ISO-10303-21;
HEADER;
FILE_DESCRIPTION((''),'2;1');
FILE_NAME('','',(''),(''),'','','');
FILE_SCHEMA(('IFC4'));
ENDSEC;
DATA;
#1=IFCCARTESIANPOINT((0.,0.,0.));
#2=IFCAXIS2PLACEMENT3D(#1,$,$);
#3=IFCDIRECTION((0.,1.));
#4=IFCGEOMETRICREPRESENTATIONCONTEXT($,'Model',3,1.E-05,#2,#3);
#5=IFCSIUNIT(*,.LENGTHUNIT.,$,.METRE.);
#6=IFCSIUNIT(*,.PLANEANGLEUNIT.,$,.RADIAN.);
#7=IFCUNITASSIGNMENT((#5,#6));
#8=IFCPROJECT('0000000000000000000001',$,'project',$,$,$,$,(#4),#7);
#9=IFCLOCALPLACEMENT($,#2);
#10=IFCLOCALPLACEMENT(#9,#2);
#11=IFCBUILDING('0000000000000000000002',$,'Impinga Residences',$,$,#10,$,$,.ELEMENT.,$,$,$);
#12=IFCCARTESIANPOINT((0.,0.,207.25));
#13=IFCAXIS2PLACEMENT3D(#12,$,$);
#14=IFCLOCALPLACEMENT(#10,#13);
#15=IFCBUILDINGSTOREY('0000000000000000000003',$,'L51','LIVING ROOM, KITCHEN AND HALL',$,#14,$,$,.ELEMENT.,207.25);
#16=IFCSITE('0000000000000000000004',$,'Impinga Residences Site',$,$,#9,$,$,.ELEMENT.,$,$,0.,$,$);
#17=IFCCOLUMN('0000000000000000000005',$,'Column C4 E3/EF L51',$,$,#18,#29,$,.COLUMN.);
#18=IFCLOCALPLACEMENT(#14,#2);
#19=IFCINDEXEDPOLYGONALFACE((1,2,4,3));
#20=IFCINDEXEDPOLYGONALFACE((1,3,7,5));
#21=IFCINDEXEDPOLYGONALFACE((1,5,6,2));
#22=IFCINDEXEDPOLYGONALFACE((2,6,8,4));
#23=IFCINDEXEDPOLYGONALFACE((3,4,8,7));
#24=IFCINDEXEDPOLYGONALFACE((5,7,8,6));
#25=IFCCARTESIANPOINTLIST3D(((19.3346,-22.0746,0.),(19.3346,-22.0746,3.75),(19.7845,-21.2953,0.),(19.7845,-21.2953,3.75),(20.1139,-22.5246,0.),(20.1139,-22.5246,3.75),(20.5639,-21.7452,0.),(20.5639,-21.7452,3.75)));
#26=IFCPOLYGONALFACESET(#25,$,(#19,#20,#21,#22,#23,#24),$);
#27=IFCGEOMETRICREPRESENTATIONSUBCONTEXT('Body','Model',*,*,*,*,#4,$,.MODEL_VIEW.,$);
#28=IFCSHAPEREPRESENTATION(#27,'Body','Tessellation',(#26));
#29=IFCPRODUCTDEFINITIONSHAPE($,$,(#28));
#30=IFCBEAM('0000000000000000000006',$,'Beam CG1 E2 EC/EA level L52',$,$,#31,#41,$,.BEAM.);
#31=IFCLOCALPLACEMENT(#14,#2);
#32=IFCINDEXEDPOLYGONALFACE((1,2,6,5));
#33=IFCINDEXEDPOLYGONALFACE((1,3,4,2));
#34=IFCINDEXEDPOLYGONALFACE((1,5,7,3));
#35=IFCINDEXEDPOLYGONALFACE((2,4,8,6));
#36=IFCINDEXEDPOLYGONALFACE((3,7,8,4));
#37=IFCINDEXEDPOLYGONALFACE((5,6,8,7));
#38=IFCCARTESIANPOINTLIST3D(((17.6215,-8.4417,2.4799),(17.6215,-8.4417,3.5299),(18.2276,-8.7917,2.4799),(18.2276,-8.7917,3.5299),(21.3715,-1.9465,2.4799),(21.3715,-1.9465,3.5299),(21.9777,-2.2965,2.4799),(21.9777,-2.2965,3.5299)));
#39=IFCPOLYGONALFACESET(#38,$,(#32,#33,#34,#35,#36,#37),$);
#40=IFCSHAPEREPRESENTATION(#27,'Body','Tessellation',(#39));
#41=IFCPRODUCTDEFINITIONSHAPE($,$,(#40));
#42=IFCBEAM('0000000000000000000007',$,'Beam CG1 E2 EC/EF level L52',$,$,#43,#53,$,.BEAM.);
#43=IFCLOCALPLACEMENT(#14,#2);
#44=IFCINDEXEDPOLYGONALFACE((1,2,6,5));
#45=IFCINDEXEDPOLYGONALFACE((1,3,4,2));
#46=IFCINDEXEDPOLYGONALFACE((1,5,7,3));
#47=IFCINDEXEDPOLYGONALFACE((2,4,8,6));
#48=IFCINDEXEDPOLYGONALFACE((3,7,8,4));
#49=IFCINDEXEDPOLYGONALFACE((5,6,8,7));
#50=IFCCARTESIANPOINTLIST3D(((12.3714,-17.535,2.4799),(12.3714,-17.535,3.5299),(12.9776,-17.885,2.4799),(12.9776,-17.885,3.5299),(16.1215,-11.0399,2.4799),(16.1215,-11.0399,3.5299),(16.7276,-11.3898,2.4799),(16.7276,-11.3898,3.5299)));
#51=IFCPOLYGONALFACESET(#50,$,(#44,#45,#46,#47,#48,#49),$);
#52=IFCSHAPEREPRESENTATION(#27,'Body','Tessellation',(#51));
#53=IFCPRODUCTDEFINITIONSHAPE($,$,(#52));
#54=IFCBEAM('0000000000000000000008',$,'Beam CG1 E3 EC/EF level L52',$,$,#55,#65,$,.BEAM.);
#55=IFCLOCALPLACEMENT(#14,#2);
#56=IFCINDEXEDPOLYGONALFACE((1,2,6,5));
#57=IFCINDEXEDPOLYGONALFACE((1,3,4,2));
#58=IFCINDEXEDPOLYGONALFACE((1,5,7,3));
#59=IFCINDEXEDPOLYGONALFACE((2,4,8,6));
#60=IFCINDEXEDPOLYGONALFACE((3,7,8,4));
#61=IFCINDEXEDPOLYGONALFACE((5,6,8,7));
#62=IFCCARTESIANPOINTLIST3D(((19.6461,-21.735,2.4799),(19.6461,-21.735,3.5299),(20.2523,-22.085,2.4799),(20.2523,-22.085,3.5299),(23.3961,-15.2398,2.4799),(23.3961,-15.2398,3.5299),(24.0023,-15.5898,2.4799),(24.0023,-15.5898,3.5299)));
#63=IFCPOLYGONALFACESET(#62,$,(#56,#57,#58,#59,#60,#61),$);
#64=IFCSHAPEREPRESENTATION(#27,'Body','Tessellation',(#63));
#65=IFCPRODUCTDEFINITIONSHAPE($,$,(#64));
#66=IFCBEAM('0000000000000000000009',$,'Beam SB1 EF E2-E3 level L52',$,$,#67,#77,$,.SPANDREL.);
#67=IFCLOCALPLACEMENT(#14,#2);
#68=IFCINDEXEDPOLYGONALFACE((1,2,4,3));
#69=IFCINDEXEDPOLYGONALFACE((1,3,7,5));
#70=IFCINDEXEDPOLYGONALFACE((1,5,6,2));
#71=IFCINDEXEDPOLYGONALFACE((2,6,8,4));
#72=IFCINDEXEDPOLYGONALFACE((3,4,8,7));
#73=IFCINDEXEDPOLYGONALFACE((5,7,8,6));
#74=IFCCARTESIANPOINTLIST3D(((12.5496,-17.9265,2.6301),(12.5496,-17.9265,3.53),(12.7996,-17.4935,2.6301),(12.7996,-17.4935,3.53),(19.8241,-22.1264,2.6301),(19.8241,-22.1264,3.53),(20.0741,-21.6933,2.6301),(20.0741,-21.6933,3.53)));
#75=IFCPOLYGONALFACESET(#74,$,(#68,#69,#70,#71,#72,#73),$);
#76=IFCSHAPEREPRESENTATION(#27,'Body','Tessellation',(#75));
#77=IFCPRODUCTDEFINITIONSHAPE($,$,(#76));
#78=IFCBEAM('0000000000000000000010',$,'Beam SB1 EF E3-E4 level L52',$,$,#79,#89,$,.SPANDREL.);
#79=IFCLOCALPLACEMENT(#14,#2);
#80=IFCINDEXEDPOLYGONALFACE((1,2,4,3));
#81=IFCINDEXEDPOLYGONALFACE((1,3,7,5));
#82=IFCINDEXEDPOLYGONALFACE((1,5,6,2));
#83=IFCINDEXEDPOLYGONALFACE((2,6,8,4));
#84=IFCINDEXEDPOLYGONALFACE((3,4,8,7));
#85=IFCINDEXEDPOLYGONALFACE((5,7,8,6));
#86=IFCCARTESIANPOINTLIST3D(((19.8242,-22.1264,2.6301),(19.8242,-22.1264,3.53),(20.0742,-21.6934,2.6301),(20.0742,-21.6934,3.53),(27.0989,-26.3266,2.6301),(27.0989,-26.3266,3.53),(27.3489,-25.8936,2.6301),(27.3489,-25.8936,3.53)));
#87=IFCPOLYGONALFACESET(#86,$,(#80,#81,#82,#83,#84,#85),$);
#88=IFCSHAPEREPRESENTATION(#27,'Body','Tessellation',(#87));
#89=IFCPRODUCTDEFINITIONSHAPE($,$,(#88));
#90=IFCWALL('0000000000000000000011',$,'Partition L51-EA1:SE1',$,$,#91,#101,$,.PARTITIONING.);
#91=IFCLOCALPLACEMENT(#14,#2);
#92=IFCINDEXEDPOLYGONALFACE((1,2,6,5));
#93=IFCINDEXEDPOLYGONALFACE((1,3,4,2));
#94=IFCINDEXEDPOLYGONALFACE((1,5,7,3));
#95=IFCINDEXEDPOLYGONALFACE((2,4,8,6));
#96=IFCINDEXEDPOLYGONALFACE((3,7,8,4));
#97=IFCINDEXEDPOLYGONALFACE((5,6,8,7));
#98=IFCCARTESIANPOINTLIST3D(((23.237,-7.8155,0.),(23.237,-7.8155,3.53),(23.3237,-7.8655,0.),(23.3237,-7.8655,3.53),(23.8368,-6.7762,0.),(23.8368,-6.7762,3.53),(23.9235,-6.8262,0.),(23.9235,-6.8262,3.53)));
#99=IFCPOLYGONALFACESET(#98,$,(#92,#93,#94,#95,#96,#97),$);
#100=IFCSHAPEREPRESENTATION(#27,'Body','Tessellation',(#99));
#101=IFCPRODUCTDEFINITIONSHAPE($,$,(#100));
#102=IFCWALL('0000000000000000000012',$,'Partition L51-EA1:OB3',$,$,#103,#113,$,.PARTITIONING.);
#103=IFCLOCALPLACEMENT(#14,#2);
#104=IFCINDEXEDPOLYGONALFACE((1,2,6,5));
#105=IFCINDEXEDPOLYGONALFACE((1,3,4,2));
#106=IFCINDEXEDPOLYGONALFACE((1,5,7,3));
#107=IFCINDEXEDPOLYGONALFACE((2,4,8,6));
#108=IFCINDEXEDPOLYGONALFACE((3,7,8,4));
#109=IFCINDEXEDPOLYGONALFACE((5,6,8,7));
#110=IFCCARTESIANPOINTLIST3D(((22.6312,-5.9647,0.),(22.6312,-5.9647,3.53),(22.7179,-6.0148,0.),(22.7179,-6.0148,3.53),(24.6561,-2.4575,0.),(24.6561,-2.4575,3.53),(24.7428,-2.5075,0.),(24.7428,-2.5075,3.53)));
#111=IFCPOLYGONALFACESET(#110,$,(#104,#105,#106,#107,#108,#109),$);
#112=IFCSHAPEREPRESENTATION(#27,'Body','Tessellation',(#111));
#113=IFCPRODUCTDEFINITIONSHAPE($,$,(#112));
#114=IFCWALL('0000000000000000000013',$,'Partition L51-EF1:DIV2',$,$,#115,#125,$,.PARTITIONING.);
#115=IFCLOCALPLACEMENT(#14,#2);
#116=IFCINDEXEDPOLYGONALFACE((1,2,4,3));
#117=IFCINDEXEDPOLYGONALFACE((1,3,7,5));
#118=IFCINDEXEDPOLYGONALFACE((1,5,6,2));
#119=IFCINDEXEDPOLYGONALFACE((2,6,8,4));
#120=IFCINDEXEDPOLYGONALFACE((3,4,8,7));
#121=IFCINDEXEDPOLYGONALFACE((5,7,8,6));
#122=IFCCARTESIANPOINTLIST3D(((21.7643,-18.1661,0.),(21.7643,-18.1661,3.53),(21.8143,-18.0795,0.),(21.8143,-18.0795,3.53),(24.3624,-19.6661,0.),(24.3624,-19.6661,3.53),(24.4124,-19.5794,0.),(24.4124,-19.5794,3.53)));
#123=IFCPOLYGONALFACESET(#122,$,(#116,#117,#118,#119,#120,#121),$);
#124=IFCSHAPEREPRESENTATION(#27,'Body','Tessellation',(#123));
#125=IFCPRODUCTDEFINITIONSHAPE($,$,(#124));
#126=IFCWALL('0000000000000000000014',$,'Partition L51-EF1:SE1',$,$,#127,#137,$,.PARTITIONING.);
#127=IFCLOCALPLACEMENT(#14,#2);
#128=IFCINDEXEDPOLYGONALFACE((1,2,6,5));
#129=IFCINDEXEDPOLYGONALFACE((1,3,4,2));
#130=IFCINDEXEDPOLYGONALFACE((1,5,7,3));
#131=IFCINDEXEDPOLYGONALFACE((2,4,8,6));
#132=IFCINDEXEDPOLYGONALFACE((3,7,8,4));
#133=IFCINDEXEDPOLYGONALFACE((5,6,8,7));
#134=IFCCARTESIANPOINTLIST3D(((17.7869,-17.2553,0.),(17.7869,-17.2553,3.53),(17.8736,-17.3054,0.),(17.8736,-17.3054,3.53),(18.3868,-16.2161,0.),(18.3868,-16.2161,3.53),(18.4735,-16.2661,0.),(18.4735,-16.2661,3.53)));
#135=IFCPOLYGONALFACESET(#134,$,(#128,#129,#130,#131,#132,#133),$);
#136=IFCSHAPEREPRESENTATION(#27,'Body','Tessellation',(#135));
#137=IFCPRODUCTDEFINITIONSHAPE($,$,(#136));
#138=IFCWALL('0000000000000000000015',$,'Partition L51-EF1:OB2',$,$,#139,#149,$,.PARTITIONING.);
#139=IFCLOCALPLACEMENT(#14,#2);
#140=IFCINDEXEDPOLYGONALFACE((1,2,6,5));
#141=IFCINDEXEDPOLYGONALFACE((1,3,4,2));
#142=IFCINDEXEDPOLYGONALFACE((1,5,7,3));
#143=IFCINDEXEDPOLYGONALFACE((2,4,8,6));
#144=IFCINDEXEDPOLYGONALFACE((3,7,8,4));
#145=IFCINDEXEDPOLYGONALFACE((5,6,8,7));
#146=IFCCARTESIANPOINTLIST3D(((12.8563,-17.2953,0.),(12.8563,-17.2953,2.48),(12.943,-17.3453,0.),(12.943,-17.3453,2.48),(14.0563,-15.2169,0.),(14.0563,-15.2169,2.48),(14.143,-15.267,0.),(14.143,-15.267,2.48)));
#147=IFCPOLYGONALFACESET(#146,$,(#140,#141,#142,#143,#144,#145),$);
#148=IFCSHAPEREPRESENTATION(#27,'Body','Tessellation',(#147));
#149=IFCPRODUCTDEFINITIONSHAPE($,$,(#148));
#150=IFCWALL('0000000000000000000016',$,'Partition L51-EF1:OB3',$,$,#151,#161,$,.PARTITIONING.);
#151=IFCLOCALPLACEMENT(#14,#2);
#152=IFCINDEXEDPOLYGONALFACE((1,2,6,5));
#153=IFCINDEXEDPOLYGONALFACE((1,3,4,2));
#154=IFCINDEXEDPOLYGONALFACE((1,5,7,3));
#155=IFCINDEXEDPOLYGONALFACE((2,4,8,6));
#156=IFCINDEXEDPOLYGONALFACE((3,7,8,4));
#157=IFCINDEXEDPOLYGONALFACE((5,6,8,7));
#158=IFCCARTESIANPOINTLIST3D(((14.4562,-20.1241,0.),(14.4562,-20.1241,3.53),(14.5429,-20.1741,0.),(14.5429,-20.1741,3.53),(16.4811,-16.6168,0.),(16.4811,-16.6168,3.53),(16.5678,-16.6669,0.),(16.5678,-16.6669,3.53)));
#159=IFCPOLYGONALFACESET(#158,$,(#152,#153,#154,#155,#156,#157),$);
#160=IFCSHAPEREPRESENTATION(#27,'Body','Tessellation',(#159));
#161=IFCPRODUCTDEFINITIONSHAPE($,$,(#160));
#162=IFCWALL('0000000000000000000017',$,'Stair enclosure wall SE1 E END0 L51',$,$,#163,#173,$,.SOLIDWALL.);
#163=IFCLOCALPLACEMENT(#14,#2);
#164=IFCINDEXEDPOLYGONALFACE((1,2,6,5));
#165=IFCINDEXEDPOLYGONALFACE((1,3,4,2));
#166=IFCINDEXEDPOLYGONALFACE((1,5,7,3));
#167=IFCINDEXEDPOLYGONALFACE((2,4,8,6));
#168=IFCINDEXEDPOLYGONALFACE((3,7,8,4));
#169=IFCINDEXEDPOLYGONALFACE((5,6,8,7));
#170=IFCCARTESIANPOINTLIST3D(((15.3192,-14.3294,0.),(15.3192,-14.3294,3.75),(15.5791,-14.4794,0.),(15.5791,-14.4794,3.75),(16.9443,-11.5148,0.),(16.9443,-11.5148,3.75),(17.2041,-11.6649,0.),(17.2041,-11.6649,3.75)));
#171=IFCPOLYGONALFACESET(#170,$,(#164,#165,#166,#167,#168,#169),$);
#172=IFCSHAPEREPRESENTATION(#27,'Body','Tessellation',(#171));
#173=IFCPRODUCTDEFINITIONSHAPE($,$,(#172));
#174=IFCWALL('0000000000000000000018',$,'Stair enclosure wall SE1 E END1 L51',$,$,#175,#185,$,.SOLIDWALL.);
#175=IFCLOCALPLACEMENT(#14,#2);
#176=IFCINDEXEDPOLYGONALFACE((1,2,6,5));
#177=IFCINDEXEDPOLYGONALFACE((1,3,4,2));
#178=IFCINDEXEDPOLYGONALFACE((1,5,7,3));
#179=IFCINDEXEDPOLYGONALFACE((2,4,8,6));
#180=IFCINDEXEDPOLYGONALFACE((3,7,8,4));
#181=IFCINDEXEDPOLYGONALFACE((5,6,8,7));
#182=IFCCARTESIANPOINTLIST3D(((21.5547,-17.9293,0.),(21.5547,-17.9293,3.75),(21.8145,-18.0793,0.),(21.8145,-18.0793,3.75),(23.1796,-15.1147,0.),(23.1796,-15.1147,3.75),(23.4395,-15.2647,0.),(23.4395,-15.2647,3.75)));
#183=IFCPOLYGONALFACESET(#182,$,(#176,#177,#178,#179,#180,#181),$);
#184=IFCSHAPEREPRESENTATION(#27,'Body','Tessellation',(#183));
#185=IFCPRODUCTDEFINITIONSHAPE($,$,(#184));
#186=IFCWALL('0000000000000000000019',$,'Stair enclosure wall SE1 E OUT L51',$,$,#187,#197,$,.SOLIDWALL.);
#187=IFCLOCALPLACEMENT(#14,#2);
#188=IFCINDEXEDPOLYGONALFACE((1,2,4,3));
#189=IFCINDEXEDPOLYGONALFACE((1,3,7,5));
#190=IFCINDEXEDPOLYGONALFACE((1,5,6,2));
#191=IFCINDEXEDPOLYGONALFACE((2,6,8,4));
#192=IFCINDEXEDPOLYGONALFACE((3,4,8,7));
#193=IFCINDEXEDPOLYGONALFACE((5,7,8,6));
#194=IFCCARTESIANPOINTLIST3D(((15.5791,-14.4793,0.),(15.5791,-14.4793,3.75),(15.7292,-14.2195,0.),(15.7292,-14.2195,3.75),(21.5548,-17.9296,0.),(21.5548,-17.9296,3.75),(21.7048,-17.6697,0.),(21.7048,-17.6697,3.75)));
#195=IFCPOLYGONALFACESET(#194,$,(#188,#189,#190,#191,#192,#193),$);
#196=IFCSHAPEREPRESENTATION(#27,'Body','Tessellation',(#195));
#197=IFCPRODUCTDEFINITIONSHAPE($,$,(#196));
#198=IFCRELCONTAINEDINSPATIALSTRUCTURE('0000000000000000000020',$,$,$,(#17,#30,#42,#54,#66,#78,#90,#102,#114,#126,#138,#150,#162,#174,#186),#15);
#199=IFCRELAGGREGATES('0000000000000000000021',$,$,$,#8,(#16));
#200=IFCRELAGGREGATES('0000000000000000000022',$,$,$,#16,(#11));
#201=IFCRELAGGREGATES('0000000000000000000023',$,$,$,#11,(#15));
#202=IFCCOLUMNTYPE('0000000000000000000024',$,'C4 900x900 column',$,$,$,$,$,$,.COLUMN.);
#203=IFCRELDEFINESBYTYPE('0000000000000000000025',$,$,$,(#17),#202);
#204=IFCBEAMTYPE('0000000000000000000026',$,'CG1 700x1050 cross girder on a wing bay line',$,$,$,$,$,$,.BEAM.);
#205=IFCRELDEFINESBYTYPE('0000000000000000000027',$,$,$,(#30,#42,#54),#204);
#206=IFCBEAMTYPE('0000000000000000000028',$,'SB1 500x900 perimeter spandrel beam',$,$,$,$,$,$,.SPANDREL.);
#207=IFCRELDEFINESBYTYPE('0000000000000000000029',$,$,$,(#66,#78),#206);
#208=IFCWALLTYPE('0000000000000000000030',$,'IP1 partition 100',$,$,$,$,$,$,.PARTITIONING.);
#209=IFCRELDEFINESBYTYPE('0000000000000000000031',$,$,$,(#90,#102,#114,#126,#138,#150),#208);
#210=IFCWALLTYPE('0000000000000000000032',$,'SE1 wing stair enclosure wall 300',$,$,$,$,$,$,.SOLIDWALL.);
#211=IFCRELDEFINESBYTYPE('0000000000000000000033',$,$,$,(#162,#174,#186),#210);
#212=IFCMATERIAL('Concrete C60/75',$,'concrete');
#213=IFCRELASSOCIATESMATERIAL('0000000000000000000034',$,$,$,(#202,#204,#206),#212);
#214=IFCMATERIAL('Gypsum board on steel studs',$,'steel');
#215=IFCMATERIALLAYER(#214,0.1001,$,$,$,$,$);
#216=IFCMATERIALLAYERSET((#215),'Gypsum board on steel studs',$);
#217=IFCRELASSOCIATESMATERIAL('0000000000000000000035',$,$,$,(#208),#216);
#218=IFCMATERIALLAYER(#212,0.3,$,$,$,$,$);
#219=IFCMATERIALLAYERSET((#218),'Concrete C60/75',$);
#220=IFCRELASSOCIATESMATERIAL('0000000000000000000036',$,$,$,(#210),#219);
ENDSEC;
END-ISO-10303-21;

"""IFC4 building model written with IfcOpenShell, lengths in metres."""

from ifc_helpers import new_model, si_unit, direction, frame, frame_2d, origin, origin_2d, place, context, subcontext, project, spatial, rectangle, extrude, material, layer, layer_set, material_profile, profile_set, type_object, element, save


model = new_model("IFC4")

# Units and contexts
model_context = context("Model", 3, precision=1e-05, world=origin(), true_north=direction((0.0, 1.0)))
body_context = subcontext(model_context, "Body", "Model", "MODEL_VIEW")
ifc_project = project(units=[si_unit("LENGTHUNIT", "METRE"), si_unit("PLANEANGLEUNIT", "RADIAN")], contexts=[model_context])

# Site, building, storey
site_placement = place(None, origin())
site = spatial("IfcSite", under=ifc_project, at=site_placement, Name="Impinga Residences Site", CompositionType="ELEMENT", RefElevation=0.0)
building_placement = place(site_placement, origin())
building = spatial("IfcBuilding", under=site, at=building_placement, Name="Impinga Residences", CompositionType="ELEMENT")
storey_placement = place(building_placement, frame((0.0, 0.0, 207.25)))
storey = spatial("IfcBuildingStorey", under=building, at=storey_placement, Name="L51", Description="LIVING ROOM, KITCHEN AND HALL", CompositionType="ELEMENT", Elevation=207.25)

# Column
ifc_material_1 = material(Name="Concrete C60/75", Category="concrete")
ifc_material_profile_1 = material_profile(ifc_material_1, rectangle(XDim=0.8999, YDim=0.8999, at=origin_2d()), Name="RC 900x900")
ifc_profile_set_1 = profile_set([ifc_material_profile_1], Name="Concrete C60/75")
column_type = type_object("IfcColumnType", Name="C4 900x900 column", PredefinedType="COLUMN", material=ifc_profile_set_1)
column_placement = place(storey_placement, frame((19.9492, -21.9099, 0.0), z_axis=(0.0, 0.0, 1.0), x_axis=(-0.5, -0.866025, 0.0)))
element("IfcColumn", 1, at=column_placement, inside=storey, type_object=column_type, Name="Column C4 E3/EF L51", PredefinedType="COLUMN", context=body_context, shape_type="SweptSolid", body=[
    extrude(rectangle(XDim=0.8999, YDim=0.8999, at=origin_2d()), origin(), (0.0, 0.0, 1.0), 3.75),
])

# Beams
ifc_material_profile_2 = material_profile(ifc_material_1, rectangle(XDim=0.7, YDim=1.05, at=origin_2d()), Name="RC 700x1050")
ifc_profile_set_2 = profile_set([ifc_material_profile_2], Name="Concrete C60/75")
beam_type_1 = type_object("IfcBeamType", Name="CG1 700x1050 cross girder on a wing bay line", PredefinedType="BEAM", material=ifc_profile_set_2)
for number, where, z_axis, x_axis, name in (
    (2, (17.9246, -8.6167, 3.0049), (0.500004, 0.866023, 0.0), (-0.866023, 0.500004, 0.0), "Beam CG1 E2 EC/EA level L52"),
    (3, (16.4246, -11.2148, 3.0049), (-0.500004, -0.866023, 0.0), (0.866023, -0.500004, 0.0), "Beam CG1 E2 EC/EF level L52"),
    (4, (23.6992, -15.4148, 3.0049), (-0.500004, -0.866023, 0.0), (0.866023, -0.500004, 0.0), "Beam CG1 E3 EC/EF level L52"),
):
    element("IfcBeam", number, at=place(storey_placement, frame(where, z_axis=z_axis, x_axis=x_axis)), inside=storey, type_object=beam_type_1, Name=name, PredefinedType="BEAM", context=body_context, shape_type="SweptSolid", body=[
        extrude(rectangle(XDim=0.7, YDim=1.05, at=origin_2d()), origin(), (0.0, 0.0, 1.0), 7.5),
    ])
ifc_material_profile_3 = material_profile(ifc_material_1, rectangle(XDim=0.5, YDim=0.8999, at=origin_2d()), Name="RC 500x900")
ifc_profile_set_3 = profile_set([ifc_material_profile_3], Name="Concrete C60/75")
beam_type_2 = type_object("IfcBeamType", Name="SB1 500x900 perimeter spandrel beam", PredefinedType="SPANDREL", material=ifc_profile_set_3)
beam_1_placement = place(storey_placement, frame((12.6746, -17.71, 3.0801), z_axis=(0.866029, -0.499993, 0.0), x_axis=(0.499993, 0.866029, 0.0)))
element("IfcBeam", 5, at=beam_1_placement, inside=storey, type_object=beam_type_2, Name="Beam SB1 EF E2-E3 level L52", PredefinedType="SPANDREL", context=body_context, shape_type="SweptSolid", body=[
    extrude(rectangle(XDim=0.5, YDim=0.8999, at=origin_2d()), origin(), (0.0, 0.0, 1.0), 8.3999),
])
beam_2_placement = place(storey_placement, frame((19.9492, -21.9099, 3.0801), z_axis=(0.866017, -0.500015, 0.0), x_axis=(0.500015, 0.866017, 0.0)))
element("IfcBeam", 6, at=beam_2_placement, inside=storey, type_object=beam_type_2, Name="Beam SB1 EF E3-E4 level L52", PredefinedType="SPANDREL", context=body_context, shape_type="SweptSolid", body=[
    extrude(rectangle(XDim=0.5, YDim=0.8999, at=origin_2d()), origin(), (0.0, 0.0, 1.0), 8.4001),
])

# Walls
ifc_material_2 = material(Name="Gypsum board on steel studs", Category="steel")
ifc_layer_1 = layer(ifc_material_2, 0.1001)
ifc_layer_set_1 = layer_set([ifc_layer_1], Name="Gypsum board on steel studs")
wall_type_1 = type_object("IfcWallType", Name="IP1 partition 100", PredefinedType="PARTITIONING", material=ifc_layer_set_1)
wall_1_placement = place(storey_placement, frame((23.2803, -7.8406, 0.0), z_axis=(0.0, 0.0, 1.0), x_axis=(0.499881, 0.866094, 0.0)))
element("IfcWall", 7, at=wall_1_placement, inside=storey, type_object=wall_type_1, Name="Partition L51-EA1:SE1", PredefinedType="PARTITIONING", context=body_context, shape_type="SweptSolid", body=[
    extrude(rectangle(XDim=1.2, YDim=0.1001, at=frame_2d((0.6001, 0.0))), origin(), (0.0, 0.0, 1.0), 3.53),
])
wall_2_placement = place(storey_placement, frame((22.6746, -5.9897, 0.0), z_axis=(0.0, 0.0, 1.0), x_axis=(0.49999, 0.866031, 0.0)))
element("IfcWall", 8, at=wall_2_placement, inside=storey, type_object=wall_type_1, Name="Partition L51-EA1:OB3", PredefinedType="PARTITIONING", context=body_context, shape_type="SweptSolid", body=[
    extrude(rectangle(XDim=4.0498, YDim=0.1001, at=frame_2d((2.0249, 0.0))), origin(), (0.0, 0.0, 1.0), 3.53),
])
wall_3_placement = place(storey_placement, frame((21.7893, -18.1228, 0.0), z_axis=(0.0, 0.0, 1.0), x_axis=(0.866031, -0.49999, 0.0)))
element("IfcWall", 9, at=wall_3_placement, inside=storey, type_object=wall_type_1, Name="Partition L51-EF1:DIV2", PredefinedType="PARTITIONING", context=body_context, shape_type="SweptSolid", body=[
    extrude(rectangle(XDim=3.0, YDim=0.1001, at=frame_2d((1.5, 0.0))), origin(), (0.0, 0.0, 1.0), 3.53),
])
wall_4_placement = place(storey_placement, frame((18.4302, -16.241, 0.0), z_axis=(0.0, 0.0, 1.0), x_axis=(-0.499881, -0.866094, 0.0)))
element("IfcWall", 10, at=wall_4_placement, inside=storey, type_object=wall_type_1, Name="Partition L51-EF1:SE1", PredefinedType="PARTITIONING", context=body_context, shape_type="SweptSolid", body=[
    extrude(rectangle(XDim=1.2, YDim=0.1001, at=frame_2d((0.6001, 0.0))), origin(), (0.0, 0.0, 1.0), 3.53),
])
wall_5_placement = place(storey_placement, frame((14.0996, -15.2419, 0.0), z_axis=(0.0, 0.0, 1.0), x_axis=(-0.500001, -0.866025, 0.0)))
element("IfcWall", 11, at=wall_5_placement, inside=storey, type_object=wall_type_1, Name="Partition L51-EF1:OB2", PredefinedType="PARTITIONING", context=body_context, shape_type="SweptSolid", body=[
    extrude(rectangle(XDim=2.3999, YDim=0.1001, at=frame_2d((1.2, 0.0))), origin(), (0.0, 0.0, 1.0), 2.48),
])
wall_6_placement = place(storey_placement, frame((16.5244, -16.6418, 0.0), z_axis=(0.0, 0.0, 1.0), x_axis=(-0.49999, -0.866031, 0.0)))
element("IfcWall", 12, at=wall_6_placement, inside=storey, type_object=wall_type_1, Name="Partition L51-EF1:OB3", PredefinedType="PARTITIONING", context=body_context, shape_type="SweptSolid", body=[
    extrude(rectangle(XDim=4.0498, YDim=0.1001, at=frame_2d((2.0249, 0.0))), origin(), (0.0, 0.0, 1.0), 3.53),
])
ifc_layer_2 = layer(ifc_material_1, 0.3)
ifc_layer_set_2 = layer_set([ifc_layer_2], Name="Concrete C60/75")
wall_type_2 = type_object("IfcWallType", Name="SE1 wing stair enclosure wall 300", PredefinedType="SOLIDWALL", material=ifc_layer_set_2)
for number, where, z_axis, x_axis, name in (
    (13, (17.0742, -11.5898, 0.0), (0.0, 0.0, 1.0), (-0.500017, -0.866015, 0.0), "Stair enclosure wall SE1 E END0 L51"),
    (14, (23.3096, -15.1897, 0.0), (0.0, 0.0, 1.0), (-0.499985, -0.866034, 0.0), "Stair enclosure wall SE1 E END1 L51"),
):
    element("IfcWall", number, at=place(storey_placement, frame(where, z_axis=z_axis, x_axis=x_axis)), inside=storey, type_object=wall_type_2, Name=name, PredefinedType="SOLIDWALL", context=body_context, shape_type="SweptSolid", body=[
        extrude(rectangle(XDim=3.25, YDim=0.3, at=frame_2d((1.625, 0.0))), origin(), (0.0, 0.0, 1.0), 3.75),
    ])
wall_7_placement = place(storey_placement, frame((15.6541, -14.3494, 0.0), z_axis=(0.0, 0.0, 1.0), x_axis=(0.866014, -0.500021, 0.0)))
element("IfcWall", 15, at=wall_7_placement, inside=storey, type_object=wall_type_2, Name="Stair enclosure wall SE1 E OUT L51", PredefinedType="SOLIDWALL", context=body_context, shape_type="SweptSolid", body=[
    extrude(rectangle(XDim=6.9001, YDim=0.3, at=frame_2d((3.4502, 0.0))), origin(), (0.0, 0.0, 1.0), 3.75),
])

save(model, "model.ifc")
